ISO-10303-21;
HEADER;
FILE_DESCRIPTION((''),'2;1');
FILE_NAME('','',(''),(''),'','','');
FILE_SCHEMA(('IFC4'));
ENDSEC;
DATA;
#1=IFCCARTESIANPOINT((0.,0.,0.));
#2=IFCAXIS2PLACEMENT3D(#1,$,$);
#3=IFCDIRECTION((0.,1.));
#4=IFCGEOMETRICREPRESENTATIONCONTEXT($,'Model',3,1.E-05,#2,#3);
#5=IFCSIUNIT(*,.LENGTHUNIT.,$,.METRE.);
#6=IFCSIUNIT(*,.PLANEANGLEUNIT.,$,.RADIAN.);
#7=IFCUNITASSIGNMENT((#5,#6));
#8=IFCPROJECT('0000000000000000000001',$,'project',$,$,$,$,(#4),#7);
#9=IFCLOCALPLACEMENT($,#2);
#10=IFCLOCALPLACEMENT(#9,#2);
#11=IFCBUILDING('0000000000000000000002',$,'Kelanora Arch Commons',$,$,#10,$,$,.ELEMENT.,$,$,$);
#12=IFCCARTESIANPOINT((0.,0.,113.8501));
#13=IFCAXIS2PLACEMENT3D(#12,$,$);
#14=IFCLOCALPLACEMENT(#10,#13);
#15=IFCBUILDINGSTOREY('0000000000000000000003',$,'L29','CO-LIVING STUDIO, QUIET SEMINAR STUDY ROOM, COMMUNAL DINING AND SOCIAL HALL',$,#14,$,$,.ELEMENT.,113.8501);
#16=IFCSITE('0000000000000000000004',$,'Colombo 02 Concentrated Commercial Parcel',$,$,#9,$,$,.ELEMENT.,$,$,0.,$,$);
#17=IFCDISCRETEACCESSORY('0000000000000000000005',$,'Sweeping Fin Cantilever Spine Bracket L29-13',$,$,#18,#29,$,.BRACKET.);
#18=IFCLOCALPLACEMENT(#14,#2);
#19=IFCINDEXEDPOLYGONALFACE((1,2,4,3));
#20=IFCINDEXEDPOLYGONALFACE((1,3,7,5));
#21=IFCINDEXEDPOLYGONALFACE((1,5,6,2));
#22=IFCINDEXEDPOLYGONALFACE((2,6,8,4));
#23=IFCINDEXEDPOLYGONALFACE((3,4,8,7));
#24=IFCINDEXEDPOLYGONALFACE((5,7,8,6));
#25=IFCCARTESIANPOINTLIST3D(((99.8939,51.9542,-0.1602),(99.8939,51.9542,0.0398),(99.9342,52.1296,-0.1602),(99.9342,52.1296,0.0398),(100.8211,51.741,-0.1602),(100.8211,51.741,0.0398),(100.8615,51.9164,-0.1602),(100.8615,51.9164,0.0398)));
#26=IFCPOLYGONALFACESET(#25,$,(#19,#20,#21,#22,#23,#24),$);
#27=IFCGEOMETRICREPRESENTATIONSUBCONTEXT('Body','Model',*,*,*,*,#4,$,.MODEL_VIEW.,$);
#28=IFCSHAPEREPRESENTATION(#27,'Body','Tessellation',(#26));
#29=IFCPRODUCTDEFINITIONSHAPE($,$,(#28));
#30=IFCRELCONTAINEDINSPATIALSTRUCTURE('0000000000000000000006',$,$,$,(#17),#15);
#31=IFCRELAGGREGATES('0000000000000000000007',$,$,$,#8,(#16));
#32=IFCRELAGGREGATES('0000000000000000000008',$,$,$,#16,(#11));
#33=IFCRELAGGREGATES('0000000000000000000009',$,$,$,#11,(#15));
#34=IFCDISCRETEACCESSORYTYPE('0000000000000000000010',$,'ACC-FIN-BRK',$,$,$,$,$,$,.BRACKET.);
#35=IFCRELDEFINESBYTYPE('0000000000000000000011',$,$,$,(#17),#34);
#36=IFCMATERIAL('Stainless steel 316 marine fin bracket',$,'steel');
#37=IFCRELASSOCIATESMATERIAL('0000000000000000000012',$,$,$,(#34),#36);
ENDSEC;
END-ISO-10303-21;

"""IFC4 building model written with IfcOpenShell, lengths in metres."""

from ifc_helpers import new_model, si_unit, direction, frame, origin, origin_2d, place, context, subcontext, project, spatial, rectangle, extrude, source, transform, mapped, material, type_object, element, save


model = new_model("IFC4")

# Units and contexts
model_context = context("Model", 3, precision=1e-05, world=origin(), true_north=direction((0.0, 1.0)))
body_context = subcontext(model_context, "Body", "Model", "MODEL_VIEW")
ifc_project = project(units=[si_unit("LENGTHUNIT", "METRE"), si_unit("PLANEANGLEUNIT", "RADIAN")], contexts=[model_context])

# Site, building, storey
site_placement = place(None, origin())
site = spatial("IfcSite", under=ifc_project, at=site_placement, Name="Colombo 02 Concentrated Commercial Parcel", CompositionType="ELEMENT", RefElevation=0.0)
building_placement = place(site_placement, origin())
building = spatial("IfcBuilding", under=site, at=building_placement, Name="Kelanora Arch Commons", CompositionType="ELEMENT")
storey_placement = place(building_placement, frame((0.0, 0.0, 113.8501)))
storey = spatial("IfcBuildingStorey", under=building, at=storey_placement, Name="L29", Description="CO-LIVING STUDIO, QUIET SEMINAR STUDY ROOM, COMMUNAL DINING AND SOCIAL HALL", CompositionType="ELEMENT", Elevation=113.8501)

# Discrete accessory
ifc_material_1 = material(Name="Stainless steel 316 marine fin bracket", Category="steel")
discrete_accessory_type = type_object("IfcDiscreteAccessoryType", Name="ACC-FIN-BRK", PredefinedType="BRACKET", material=ifc_material_1)
shared_shape_1 = source(origin(), body_context, "Body", "SweptSolid", [
    extrude(rectangle(XDim=0.9514, YDim=0.1799, at=origin_2d()), origin(), (0.0, 0.0, 1.0), 0.2),
])
discrete_accessory_placement = place(storey_placement, frame((100.3777, 51.9353, -0.1602), z_axis=(0.0, 0.0, 1.0), x_axis=(0.974566, -0.224101, 0.0)))
element("IfcDiscreteAccessory", 1, at=discrete_accessory_placement, inside=storey, type_object=discrete_accessory_type, Name="Sweeping Fin Cantilever Spine Bracket L29-13", PredefinedType="BRACKET", context=body_context, shape_type="MappedRepresentation", body=[
    mapped(shared_shape_1, transform((0.0, 0.0, 0.0), scale=1.0)),
])

save(model, "model.ifc")
